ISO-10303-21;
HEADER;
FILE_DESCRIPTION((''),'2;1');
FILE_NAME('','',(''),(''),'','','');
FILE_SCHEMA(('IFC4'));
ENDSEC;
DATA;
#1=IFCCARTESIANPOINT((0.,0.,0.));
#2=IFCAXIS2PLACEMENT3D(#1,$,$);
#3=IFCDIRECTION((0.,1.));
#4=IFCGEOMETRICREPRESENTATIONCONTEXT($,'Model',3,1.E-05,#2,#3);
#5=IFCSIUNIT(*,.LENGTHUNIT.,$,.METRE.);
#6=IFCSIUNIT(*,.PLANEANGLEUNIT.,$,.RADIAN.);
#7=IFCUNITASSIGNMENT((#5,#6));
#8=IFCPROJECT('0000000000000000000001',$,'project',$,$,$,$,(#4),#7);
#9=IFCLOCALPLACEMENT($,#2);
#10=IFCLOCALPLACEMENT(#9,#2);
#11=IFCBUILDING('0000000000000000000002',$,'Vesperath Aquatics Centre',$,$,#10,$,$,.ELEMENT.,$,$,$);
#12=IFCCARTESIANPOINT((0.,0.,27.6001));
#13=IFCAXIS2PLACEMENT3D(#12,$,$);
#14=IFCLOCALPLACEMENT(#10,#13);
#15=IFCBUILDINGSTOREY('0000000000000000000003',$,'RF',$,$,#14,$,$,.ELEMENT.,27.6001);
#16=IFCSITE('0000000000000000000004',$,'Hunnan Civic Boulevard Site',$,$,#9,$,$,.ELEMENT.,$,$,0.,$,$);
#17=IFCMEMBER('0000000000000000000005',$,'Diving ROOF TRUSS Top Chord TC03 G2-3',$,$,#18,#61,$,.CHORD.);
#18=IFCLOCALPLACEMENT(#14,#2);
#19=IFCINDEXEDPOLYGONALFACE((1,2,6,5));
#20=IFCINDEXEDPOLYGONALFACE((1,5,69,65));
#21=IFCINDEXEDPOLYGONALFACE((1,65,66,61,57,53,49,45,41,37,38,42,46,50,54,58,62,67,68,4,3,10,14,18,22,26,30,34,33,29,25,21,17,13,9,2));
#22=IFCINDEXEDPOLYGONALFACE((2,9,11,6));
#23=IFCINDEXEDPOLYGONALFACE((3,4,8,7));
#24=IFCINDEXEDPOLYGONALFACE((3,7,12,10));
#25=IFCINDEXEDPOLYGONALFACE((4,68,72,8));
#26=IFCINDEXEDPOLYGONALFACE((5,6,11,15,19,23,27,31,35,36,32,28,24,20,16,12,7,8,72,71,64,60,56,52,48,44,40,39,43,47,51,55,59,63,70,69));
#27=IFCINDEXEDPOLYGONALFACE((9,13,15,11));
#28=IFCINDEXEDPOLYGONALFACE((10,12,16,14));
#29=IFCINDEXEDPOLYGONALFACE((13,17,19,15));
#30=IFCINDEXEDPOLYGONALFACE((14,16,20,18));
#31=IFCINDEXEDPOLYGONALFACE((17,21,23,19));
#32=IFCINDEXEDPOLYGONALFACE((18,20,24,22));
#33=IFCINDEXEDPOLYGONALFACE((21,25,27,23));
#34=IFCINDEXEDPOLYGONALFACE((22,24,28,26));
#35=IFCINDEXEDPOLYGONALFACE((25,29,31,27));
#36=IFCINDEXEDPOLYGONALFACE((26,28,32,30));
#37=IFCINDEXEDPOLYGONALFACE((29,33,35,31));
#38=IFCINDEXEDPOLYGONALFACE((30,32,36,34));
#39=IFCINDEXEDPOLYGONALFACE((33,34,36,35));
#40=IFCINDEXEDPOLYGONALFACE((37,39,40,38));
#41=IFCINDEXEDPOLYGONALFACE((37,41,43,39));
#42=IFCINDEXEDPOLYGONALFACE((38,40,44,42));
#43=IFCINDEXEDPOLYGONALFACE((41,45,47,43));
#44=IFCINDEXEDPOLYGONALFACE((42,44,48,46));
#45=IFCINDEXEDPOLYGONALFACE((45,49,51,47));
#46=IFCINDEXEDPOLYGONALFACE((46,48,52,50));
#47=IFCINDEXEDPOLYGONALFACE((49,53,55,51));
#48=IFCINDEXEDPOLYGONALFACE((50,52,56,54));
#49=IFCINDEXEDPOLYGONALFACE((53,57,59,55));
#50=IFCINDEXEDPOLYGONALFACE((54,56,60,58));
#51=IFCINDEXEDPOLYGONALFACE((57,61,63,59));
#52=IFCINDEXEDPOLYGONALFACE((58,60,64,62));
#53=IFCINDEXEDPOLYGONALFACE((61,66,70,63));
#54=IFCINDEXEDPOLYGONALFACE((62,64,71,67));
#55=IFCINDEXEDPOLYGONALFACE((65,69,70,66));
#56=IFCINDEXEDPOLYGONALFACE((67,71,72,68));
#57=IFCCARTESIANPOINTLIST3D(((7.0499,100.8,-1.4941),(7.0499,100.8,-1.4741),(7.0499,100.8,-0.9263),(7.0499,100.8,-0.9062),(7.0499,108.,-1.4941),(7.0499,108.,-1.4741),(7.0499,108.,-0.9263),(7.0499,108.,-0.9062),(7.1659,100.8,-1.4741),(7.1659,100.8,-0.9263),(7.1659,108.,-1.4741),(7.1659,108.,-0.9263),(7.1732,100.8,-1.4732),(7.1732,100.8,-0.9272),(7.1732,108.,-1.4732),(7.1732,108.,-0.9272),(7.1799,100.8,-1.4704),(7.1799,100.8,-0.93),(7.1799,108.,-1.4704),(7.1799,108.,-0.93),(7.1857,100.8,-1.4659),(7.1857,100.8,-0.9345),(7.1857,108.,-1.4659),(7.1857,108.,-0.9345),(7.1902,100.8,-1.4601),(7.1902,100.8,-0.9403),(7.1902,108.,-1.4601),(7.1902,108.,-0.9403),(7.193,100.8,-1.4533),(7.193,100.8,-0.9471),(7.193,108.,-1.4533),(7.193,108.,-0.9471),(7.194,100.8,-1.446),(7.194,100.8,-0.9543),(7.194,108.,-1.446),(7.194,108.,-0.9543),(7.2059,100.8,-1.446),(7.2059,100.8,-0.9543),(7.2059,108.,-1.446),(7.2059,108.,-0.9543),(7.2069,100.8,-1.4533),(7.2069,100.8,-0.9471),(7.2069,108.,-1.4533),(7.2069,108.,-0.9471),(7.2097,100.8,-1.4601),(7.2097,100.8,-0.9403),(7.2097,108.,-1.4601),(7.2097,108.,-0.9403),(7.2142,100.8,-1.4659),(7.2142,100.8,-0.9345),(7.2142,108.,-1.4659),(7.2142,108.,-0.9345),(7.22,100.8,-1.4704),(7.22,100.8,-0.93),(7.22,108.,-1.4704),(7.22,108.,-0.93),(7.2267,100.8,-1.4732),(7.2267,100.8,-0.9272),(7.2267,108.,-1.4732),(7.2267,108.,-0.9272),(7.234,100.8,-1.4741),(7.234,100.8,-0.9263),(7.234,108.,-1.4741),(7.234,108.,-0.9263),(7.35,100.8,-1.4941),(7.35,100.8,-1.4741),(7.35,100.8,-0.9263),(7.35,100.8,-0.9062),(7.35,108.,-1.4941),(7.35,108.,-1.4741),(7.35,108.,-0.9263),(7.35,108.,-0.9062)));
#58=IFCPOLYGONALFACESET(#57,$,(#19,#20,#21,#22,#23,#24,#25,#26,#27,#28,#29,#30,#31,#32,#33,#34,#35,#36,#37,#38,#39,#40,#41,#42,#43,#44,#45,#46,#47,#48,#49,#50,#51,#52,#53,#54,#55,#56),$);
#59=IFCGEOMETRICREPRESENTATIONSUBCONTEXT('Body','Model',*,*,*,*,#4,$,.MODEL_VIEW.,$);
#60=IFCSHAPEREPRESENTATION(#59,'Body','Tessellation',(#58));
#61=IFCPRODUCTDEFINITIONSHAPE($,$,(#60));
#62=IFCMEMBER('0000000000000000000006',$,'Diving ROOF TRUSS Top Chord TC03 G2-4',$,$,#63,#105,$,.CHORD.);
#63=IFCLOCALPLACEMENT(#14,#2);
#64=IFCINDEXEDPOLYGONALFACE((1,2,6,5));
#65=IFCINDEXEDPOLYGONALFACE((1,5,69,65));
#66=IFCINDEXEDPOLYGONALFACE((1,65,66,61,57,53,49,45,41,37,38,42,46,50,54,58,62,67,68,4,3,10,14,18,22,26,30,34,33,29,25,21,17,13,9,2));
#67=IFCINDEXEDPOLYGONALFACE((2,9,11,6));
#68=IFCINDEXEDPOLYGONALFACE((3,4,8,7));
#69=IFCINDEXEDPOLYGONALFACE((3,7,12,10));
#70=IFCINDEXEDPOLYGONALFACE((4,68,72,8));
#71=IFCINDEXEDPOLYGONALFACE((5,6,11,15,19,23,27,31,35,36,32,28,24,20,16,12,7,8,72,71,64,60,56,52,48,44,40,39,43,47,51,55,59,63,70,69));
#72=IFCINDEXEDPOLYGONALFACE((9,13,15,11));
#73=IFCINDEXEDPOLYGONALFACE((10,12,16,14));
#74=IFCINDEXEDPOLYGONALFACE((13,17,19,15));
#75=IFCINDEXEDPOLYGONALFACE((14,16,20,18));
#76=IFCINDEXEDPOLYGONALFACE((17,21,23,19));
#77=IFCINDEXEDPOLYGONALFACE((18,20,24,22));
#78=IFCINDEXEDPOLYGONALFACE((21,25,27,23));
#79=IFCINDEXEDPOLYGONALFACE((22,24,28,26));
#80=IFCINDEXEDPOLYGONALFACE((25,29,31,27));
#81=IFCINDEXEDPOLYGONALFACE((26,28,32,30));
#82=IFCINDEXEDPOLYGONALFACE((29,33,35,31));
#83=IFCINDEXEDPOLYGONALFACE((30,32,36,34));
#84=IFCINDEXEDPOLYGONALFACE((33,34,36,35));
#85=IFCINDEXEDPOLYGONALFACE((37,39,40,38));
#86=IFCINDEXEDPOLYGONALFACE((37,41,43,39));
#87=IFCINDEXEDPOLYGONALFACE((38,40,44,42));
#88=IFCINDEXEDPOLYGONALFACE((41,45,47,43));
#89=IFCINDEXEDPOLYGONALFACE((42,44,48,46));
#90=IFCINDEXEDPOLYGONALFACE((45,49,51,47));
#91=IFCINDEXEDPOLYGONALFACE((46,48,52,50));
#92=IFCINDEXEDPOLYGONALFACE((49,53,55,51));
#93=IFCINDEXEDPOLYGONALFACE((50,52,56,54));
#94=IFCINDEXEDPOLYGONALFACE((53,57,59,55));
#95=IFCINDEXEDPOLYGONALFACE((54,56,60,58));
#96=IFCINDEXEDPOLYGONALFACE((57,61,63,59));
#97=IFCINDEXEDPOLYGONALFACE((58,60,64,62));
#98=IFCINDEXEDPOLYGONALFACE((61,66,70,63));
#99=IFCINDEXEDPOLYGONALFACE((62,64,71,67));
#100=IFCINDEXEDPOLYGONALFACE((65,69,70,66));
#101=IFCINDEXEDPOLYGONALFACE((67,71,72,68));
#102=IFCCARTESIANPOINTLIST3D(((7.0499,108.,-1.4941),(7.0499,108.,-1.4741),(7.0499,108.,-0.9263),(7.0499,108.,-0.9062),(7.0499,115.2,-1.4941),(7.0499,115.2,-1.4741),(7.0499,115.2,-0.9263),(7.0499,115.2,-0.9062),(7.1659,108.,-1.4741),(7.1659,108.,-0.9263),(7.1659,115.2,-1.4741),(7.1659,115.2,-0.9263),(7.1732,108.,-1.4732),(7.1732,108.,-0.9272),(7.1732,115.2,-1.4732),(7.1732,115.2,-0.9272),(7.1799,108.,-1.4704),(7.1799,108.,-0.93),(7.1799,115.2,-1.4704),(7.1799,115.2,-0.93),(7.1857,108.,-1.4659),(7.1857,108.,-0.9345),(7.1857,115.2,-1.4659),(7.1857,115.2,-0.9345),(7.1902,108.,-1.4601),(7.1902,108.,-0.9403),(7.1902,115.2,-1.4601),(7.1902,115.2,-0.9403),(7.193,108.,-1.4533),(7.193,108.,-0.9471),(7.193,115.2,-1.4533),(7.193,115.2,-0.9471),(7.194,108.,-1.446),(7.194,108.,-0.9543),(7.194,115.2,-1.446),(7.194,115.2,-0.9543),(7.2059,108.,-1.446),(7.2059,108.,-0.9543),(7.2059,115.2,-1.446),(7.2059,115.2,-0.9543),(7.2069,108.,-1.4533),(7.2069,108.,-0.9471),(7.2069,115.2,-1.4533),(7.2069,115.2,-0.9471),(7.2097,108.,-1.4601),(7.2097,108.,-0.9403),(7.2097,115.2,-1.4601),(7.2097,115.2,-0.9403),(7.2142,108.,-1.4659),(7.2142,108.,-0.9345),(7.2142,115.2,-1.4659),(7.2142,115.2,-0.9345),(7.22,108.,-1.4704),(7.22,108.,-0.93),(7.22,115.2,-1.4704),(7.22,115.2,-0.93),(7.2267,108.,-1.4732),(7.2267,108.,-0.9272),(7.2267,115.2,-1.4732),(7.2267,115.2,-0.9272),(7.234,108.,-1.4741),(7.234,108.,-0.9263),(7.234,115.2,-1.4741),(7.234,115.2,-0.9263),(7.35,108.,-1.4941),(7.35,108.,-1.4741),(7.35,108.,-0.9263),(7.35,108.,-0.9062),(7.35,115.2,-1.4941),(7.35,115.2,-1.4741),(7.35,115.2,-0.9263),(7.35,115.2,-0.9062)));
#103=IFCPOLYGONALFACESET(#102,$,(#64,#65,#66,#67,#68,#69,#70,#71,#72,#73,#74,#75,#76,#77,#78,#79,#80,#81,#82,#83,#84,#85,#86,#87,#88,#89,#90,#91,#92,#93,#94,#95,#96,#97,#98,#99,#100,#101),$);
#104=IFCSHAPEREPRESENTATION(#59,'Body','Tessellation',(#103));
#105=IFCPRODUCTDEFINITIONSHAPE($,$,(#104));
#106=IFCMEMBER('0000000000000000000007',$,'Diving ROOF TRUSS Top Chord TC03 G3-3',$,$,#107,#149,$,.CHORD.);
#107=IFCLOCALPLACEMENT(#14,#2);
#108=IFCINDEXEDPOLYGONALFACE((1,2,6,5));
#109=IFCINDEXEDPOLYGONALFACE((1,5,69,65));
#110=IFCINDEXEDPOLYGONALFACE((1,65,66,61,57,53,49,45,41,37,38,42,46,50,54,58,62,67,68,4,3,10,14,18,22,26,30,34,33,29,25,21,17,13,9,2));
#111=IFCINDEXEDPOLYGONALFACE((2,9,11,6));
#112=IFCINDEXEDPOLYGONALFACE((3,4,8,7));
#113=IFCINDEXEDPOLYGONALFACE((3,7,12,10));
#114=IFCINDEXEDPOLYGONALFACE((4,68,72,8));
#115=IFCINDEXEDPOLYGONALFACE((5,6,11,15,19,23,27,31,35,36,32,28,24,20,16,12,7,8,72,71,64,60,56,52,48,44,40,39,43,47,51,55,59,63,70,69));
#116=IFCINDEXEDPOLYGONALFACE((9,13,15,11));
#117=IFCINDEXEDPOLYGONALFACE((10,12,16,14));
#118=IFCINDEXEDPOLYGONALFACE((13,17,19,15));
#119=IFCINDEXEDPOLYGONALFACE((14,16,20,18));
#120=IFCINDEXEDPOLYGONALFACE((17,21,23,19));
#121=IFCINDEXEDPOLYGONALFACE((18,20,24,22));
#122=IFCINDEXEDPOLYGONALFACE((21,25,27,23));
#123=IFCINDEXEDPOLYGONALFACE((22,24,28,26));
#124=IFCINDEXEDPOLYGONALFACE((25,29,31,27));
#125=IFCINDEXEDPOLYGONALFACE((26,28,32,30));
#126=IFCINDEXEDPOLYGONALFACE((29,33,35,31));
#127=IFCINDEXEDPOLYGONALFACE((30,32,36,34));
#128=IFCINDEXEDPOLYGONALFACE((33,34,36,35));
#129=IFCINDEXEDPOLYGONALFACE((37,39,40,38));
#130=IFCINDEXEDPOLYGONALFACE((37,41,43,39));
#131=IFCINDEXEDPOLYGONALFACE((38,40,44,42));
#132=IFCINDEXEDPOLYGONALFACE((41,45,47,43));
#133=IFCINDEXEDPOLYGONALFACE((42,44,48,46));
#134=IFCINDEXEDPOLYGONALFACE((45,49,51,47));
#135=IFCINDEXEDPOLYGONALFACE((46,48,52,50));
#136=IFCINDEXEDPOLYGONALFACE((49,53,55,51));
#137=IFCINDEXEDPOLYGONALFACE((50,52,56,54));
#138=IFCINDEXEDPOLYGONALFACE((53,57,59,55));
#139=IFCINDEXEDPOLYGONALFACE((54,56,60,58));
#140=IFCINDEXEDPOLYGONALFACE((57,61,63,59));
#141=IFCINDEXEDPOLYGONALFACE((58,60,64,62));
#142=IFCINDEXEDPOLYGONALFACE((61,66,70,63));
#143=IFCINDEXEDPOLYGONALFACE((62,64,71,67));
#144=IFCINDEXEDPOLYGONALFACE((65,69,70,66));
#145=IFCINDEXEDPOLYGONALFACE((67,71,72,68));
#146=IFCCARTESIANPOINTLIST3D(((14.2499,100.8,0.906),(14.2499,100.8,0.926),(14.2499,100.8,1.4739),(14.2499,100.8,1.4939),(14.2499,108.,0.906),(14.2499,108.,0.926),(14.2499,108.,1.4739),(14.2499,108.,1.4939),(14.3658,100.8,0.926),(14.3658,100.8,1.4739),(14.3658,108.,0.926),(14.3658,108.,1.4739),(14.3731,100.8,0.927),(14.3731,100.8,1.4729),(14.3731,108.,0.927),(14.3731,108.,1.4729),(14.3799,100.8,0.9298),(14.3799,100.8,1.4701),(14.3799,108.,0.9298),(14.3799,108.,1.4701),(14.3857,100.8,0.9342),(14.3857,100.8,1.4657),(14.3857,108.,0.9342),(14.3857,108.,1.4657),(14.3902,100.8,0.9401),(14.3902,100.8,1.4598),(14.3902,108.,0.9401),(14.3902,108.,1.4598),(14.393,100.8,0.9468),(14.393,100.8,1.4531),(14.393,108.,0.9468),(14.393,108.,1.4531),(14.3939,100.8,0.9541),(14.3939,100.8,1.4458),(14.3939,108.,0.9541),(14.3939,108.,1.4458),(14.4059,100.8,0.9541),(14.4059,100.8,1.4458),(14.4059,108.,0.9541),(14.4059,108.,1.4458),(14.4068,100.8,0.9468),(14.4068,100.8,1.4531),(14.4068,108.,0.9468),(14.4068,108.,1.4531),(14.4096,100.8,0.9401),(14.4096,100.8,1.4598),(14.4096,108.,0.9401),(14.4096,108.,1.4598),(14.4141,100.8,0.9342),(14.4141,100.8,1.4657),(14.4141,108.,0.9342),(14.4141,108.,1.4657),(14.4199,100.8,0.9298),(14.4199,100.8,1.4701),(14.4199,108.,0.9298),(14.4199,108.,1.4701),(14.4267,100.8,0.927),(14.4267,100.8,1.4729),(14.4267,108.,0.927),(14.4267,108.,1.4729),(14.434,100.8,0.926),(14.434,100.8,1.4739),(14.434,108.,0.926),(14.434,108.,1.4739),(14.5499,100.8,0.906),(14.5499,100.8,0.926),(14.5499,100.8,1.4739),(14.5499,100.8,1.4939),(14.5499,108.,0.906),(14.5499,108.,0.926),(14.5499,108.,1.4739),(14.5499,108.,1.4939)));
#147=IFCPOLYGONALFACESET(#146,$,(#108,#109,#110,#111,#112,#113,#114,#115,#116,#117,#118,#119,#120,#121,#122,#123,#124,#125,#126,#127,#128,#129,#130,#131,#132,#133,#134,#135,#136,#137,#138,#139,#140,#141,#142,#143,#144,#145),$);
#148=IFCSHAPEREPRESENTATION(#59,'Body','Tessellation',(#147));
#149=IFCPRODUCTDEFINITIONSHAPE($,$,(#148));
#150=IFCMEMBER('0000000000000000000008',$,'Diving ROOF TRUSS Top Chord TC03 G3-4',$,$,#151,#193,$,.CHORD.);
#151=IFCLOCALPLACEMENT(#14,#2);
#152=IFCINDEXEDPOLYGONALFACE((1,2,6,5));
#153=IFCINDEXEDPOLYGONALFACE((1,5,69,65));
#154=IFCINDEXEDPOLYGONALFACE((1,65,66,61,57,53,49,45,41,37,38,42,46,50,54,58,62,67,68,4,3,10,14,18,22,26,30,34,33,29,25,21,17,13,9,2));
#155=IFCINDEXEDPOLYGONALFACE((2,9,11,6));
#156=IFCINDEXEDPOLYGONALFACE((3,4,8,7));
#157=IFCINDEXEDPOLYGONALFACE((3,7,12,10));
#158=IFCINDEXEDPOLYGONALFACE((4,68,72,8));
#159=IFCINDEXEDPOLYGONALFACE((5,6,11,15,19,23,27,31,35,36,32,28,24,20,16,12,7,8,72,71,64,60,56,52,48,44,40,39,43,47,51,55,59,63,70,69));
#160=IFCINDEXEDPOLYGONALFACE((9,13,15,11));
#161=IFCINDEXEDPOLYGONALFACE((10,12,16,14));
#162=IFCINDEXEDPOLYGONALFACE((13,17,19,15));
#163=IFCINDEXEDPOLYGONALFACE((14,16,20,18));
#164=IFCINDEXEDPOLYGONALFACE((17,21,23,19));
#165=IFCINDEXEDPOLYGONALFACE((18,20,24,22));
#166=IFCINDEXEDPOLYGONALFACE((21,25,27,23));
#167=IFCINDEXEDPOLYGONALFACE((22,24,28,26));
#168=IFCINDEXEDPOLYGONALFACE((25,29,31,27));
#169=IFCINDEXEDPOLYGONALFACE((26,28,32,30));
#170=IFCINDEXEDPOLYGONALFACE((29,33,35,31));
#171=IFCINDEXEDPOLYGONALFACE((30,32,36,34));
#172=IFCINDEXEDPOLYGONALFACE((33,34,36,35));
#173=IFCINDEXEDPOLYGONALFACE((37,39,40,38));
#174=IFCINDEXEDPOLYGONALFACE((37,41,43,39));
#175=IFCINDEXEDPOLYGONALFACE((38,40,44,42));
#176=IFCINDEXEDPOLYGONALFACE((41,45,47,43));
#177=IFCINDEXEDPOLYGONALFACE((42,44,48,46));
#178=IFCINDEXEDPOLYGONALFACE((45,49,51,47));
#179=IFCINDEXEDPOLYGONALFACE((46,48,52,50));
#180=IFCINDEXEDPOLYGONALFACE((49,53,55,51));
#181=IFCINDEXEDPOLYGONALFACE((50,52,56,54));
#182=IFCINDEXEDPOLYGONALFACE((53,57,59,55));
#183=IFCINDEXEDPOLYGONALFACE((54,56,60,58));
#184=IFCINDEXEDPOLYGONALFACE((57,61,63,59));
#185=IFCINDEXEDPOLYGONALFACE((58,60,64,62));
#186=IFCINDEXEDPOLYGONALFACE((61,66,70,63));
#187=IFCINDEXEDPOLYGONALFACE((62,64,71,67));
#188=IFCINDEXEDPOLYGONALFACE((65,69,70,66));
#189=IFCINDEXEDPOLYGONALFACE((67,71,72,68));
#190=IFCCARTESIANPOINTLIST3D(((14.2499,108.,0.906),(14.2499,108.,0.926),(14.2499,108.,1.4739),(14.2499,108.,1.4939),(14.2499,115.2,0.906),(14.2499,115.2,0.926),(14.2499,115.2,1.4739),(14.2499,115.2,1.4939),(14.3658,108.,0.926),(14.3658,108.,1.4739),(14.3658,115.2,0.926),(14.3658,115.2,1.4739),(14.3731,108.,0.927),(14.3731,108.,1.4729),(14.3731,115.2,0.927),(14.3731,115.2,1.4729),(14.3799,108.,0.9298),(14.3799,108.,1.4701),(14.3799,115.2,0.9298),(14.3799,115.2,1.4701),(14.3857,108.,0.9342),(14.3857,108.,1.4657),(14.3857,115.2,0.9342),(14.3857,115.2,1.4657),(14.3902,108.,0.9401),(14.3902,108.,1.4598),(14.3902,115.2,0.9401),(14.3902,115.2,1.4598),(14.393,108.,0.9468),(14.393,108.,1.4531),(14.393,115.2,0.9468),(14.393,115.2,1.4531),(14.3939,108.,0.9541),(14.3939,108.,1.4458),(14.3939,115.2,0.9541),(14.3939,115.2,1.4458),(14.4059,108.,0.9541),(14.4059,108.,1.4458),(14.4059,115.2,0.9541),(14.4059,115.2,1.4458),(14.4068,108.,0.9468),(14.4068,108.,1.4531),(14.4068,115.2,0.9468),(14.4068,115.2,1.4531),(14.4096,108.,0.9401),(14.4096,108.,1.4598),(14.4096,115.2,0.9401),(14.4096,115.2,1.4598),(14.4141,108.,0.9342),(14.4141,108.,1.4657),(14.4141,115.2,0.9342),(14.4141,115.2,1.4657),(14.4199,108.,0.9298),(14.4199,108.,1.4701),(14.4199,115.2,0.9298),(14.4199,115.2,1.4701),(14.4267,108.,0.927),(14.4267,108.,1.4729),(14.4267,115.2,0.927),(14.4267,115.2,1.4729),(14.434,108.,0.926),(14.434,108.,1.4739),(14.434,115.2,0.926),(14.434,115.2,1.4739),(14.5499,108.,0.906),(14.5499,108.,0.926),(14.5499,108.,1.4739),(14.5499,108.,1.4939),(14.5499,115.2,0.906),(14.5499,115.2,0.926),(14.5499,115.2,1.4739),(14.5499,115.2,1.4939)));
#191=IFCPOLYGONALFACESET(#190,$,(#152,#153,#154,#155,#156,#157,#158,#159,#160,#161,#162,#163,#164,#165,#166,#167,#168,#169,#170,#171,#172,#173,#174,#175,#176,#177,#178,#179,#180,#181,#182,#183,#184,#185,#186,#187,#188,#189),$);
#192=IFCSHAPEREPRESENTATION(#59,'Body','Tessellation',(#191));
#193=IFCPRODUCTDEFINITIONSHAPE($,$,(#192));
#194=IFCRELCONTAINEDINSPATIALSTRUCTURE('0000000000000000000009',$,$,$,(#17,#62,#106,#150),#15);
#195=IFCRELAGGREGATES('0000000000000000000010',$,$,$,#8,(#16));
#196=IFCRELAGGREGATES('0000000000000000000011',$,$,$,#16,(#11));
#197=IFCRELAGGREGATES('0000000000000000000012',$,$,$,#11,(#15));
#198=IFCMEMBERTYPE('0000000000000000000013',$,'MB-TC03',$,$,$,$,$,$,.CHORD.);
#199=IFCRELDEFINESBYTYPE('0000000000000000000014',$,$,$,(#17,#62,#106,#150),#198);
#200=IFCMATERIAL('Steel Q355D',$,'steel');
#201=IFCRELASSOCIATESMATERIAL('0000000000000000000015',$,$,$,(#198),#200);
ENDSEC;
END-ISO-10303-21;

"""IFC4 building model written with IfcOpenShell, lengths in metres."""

from ifc_helpers import new_model, si_unit, direction, frame, origin, origin_2d, place, context, subcontext, project, spatial, i_section, extrude, material, material_profile, profile_set, type_object, element, save


model = new_model("IFC4")

# Units and contexts
model_context = context("Model", 3, precision=1e-05, world=origin(), true_north=direction((0.0, 1.0)))
body_context = subcontext(model_context, "Body", "Model", "MODEL_VIEW")
ifc_project = project(units=[si_unit("LENGTHUNIT", "METRE"), si_unit("PLANEANGLEUNIT", "RADIAN")], contexts=[model_context])

# Site, building, storey
site_placement = place(None, origin())
site = spatial("IfcSite", under=ifc_project, at=site_placement, Name="Hunnan Civic Boulevard Site", CompositionType="ELEMENT", RefElevation=0.0)
building_placement = place(site_placement, origin())
building = spatial("IfcBuilding", under=site, at=building_placement, Name="Vesperath Aquatics Centre", CompositionType="ELEMENT")
storey_placement = place(building_placement, frame((0.0, 0.0, 27.6001)))
storey = spatial("IfcBuildingStorey", under=building, at=storey_placement, Name="RF", CompositionType="ELEMENT", Elevation=27.6001)

# Members
ifc_material_1 = material(Name="Steel Q355D", Category="steel")
ifc_material_profile_1 = material_profile(ifc_material_1, i_section(OverallWidth=0.3, OverallDepth=0.5879, WebThickness=0.012, FlangeThickness=0.02, FilletRadius=0.0281, at=origin_2d()), Name="HM 588x300x12x20")
ifc_profile_set_1 = profile_set([ifc_material_profile_1], Name="Steel Q355D")
member_type_1 = type_object("IfcMemberType", Name="MB-TC03", PredefinedType="CHORD", material=ifc_profile_set_1)
for number, where, z_axis, x_axis, name in (
    (1, (7.2, 100.8, -1.2002), (0.0, 1.0, 0.0), (-1.0, 0.0, 0.0), "Diving ROOF TRUSS Top Chord TC03 G2-3"),
    (2, (7.2, 108.0, -1.2002), (0.0, 1.0, 0.0), (-1.0, 0.0, 0.0), "Diving ROOF TRUSS Top Chord TC03 G2-4"),
    (3, (14.3999, 100.8, 1.2), (0.0, 1.0, 0.0), (-1.0, 0.0, 0.0), "Diving ROOF TRUSS Top Chord TC03 G3-3"),
    (4, (14.3999, 108.0, 1.2), (0.0, 1.0, 0.0), (-1.0, 0.0, 0.0), "Diving ROOF TRUSS Top Chord TC03 G3-4"),
):
    element("IfcMember", number, at=place(storey_placement, frame(where, z_axis=z_axis, x_axis=x_axis)), inside=storey, type_object=member_type_1, Name=name, PredefinedType="CHORD", context=body_context, shape_type="SweptSolid", body=[
        extrude(i_section(OverallWidth=0.3, OverallDepth=0.5879, WebThickness=0.012, FlangeThickness=0.02, FilletRadius=0.0281, at=origin_2d()), origin(), (0.0, 0.0, 1.0), 7.2),
    ])

save(model, "model.ifc")
